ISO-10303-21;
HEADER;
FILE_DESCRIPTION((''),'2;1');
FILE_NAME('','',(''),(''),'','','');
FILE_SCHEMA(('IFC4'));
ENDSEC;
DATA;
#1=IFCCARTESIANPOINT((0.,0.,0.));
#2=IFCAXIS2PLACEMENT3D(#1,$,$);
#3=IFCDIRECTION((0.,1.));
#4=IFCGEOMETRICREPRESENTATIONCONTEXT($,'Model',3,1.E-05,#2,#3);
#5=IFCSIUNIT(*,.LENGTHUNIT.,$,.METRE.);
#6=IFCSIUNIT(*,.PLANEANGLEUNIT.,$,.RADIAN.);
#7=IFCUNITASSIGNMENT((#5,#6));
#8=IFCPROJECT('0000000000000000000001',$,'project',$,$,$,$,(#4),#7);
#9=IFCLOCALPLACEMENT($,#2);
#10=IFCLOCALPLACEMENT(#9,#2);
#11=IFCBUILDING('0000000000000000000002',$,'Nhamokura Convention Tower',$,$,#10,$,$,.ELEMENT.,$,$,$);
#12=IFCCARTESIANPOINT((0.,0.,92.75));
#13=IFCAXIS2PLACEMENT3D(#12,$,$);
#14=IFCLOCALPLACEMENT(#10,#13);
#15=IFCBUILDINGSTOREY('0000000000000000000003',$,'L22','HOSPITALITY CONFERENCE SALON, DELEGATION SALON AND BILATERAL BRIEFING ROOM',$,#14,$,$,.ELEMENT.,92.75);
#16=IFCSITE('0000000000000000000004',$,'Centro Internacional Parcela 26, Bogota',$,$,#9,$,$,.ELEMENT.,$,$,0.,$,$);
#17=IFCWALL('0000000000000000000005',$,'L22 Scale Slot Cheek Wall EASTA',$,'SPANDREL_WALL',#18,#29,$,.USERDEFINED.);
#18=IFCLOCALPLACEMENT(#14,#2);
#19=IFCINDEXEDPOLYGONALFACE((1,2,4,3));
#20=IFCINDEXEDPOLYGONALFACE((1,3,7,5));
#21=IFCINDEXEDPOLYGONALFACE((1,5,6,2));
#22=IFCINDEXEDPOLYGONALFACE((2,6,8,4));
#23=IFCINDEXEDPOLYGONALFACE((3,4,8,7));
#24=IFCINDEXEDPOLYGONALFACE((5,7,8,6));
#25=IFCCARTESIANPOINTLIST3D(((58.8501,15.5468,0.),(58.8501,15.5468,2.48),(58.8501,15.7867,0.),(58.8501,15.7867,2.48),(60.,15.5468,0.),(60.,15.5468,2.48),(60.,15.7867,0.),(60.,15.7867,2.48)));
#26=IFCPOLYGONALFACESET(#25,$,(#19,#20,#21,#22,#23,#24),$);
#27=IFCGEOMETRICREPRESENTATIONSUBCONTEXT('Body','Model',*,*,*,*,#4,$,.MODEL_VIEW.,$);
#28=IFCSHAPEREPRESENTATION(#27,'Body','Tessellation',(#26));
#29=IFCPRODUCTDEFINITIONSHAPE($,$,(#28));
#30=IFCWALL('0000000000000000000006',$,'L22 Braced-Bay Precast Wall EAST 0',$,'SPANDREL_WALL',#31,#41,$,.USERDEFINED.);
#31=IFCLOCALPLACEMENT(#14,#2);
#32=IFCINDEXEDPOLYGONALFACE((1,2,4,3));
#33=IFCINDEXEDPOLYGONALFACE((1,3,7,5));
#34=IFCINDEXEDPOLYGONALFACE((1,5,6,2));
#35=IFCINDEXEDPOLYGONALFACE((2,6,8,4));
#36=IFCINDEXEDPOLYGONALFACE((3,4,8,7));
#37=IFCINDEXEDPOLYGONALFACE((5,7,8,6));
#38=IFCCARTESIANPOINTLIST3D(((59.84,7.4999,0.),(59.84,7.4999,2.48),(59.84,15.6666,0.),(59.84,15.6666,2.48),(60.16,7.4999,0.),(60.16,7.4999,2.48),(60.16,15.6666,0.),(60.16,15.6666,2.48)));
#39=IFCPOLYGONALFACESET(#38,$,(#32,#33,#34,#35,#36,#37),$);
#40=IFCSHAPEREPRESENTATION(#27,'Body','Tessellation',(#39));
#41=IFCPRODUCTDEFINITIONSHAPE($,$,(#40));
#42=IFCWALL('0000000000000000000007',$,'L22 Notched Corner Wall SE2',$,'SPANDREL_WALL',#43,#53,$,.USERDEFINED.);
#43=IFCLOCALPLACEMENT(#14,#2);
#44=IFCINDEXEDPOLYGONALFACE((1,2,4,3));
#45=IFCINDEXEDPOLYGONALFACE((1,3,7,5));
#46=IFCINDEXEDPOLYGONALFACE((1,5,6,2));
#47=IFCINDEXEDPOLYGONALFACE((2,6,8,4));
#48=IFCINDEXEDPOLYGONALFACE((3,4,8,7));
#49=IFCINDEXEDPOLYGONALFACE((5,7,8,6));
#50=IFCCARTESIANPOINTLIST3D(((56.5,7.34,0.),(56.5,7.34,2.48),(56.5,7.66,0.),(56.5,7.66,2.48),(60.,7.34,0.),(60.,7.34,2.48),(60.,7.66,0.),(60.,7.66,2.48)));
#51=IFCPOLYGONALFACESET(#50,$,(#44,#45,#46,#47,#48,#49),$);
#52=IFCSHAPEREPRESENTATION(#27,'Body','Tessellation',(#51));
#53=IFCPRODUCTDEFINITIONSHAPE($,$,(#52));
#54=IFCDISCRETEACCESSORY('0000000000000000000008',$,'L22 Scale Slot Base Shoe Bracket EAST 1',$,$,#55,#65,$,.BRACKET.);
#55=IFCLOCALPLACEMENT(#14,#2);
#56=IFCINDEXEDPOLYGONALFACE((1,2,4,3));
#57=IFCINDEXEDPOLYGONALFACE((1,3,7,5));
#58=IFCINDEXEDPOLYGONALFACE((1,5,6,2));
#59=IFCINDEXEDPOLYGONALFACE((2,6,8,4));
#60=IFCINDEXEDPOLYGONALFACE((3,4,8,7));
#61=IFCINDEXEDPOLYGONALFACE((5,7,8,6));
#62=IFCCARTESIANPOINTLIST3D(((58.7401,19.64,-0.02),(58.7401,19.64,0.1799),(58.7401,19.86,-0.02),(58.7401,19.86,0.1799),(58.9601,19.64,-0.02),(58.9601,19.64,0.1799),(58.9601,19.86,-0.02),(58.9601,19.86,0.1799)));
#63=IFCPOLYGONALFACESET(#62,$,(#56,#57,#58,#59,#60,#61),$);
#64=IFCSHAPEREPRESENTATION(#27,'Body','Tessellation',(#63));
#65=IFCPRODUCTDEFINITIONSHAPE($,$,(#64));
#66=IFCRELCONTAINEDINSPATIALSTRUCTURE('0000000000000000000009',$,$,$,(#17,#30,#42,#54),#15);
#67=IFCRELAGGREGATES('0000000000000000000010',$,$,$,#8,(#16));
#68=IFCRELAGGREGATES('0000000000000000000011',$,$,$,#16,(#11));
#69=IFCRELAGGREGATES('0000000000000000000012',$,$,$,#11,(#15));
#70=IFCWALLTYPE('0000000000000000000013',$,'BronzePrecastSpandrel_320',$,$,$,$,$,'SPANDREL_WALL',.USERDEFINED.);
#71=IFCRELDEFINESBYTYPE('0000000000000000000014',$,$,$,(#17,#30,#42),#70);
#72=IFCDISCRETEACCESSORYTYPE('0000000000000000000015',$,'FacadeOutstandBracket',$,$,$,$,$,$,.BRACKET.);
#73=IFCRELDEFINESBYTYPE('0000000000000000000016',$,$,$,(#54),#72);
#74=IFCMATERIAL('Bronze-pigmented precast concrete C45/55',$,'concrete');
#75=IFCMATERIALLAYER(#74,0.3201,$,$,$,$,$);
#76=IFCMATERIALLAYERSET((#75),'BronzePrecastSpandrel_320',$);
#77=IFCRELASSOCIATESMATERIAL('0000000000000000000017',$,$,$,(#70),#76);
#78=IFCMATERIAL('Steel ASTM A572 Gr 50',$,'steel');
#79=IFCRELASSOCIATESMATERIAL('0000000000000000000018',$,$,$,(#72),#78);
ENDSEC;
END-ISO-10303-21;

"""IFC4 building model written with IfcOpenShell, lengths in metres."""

from ifc_helpers import new_model, si_unit, direction, frame, frame_2d, origin, origin_2d, place, context, subcontext, project, spatial, rectangle, extrude, material, layer, layer_set, type_object, element, save


model = new_model("IFC4")

# Units and contexts
model_context = context("Model", 3, precision=1e-05, world=origin(), true_north=direction((0.0, 1.0)))
body_context = subcontext(model_context, "Body", "Model", "MODEL_VIEW")
ifc_project = project(units=[si_unit("LENGTHUNIT", "METRE"), si_unit("PLANEANGLEUNIT", "RADIAN")], contexts=[model_context])

# Site, building, storey
site_placement = place(None, origin())
site = spatial("IfcSite", under=ifc_project, at=site_placement, Name="Centro Internacional Parcela 26, Bogota", CompositionType="ELEMENT", RefElevation=0.0)
building_placement = place(site_placement, origin())
building = spatial("IfcBuilding", under=site, at=building_placement, Name="Nhamokura Convention Tower", CompositionType="ELEMENT")
storey_placement = place(building_placement, frame((0.0, 0.0, 92.75)))
storey = spatial("IfcBuildingStorey", under=building, at=storey_placement, Name="L22", Description="HOSPITALITY CONFERENCE SALON, DELEGATION SALON AND BILATERAL BRIEFING ROOM", CompositionType="ELEMENT", Elevation=92.75)

# Walls
ifc_material_1 = material(Name="Bronze-pigmented precast concrete C45/55", Category="concrete")
ifc_layer_1 = layer(ifc_material_1, 0.3201)
ifc_layer_set_1 = layer_set([ifc_layer_1], Name="BronzePrecastSpandrel_320")
wall_type = type_object("IfcWallType", Name="BronzePrecastSpandrel_320", ElementType="SPANDREL_WALL", PredefinedType="USERDEFINED", material=ifc_layer_set_1)
wall_1_placement = place(storey_placement, frame((60.0, 15.6667, 0.0), z_axis=(0.0, 0.0, 1.0), x_axis=(-1.0, 0.0, 0.0)))
element("IfcWall", 1, at=wall_1_placement, inside=storey, type_object=wall_type, Name="L22 Scale Slot Cheek Wall EASTA", ObjectType="SPANDREL_WALL", PredefinedType="USERDEFINED", context=body_context, shape_type="SweptSolid", body=[
    extrude(rectangle(XDim=1.1499, YDim=0.24, at=frame_2d((0.575, 0.0))), origin(), (0.0, 0.0, 1.0), 2.48),
])
wall_2_placement = place(storey_placement, frame((60.0, 15.6667, 0.0), z_axis=(0.0, 0.0, 1.0), x_axis=(0.0, -1.0, 0.0)))
element("IfcWall", 2, at=wall_2_placement, inside=storey, type_object=wall_type, Name="L22 Braced-Bay Precast Wall EAST 0", ObjectType="SPANDREL_WALL", PredefinedType="USERDEFINED", context=body_context, shape_type="SweptSolid", body=[
    extrude(rectangle(XDim=8.1667, YDim=0.3201, at=frame_2d((4.0835, 0.0))), origin(), (0.0, 0.0, 1.0), 2.48),
])
wall_3_placement = place(storey_placement, frame((60.0, 7.5, 0.0), z_axis=(0.0, 0.0, 1.0), x_axis=(-1.0, 0.0, 0.0)))
element("IfcWall", 3, at=wall_3_placement, inside=storey, type_object=wall_type, Name="L22 Notched Corner Wall SE2", ObjectType="SPANDREL_WALL", PredefinedType="USERDEFINED", context=body_context, shape_type="SweptSolid", body=[
    extrude(rectangle(XDim=3.5, YDim=0.3201, at=frame_2d((1.75, 0.0))), origin(), (0.0, 0.0, 1.0), 2.48),
])

# Discrete accessory
ifc_material_2 = material(Name="Steel ASTM A572 Gr 50", Category="steel")
discrete_accessory_type = type_object("IfcDiscreteAccessoryType", Name="FacadeOutstandBracket", PredefinedType="BRACKET", material=ifc_material_2)
discrete_accessory_placement = place(storey_placement, frame((58.8501, 19.75, -0.02), z_axis=(0.0, 0.0, 1.0), x_axis=(1.0, 0.0, 0.0)))
element("IfcDiscreteAccessory", 4, at=discrete_accessory_placement, inside=storey, type_object=discrete_accessory_type, Name="L22 Scale Slot Base Shoe Bracket EAST 1", PredefinedType="BRACKET", context=body_context, shape_type="SweptSolid", body=[
    extrude(rectangle(XDim=0.22, YDim=0.22, at=origin_2d()), origin(), (0.0, 0.0, 1.0), 0.2),
])

save(model, "model.ifc")
